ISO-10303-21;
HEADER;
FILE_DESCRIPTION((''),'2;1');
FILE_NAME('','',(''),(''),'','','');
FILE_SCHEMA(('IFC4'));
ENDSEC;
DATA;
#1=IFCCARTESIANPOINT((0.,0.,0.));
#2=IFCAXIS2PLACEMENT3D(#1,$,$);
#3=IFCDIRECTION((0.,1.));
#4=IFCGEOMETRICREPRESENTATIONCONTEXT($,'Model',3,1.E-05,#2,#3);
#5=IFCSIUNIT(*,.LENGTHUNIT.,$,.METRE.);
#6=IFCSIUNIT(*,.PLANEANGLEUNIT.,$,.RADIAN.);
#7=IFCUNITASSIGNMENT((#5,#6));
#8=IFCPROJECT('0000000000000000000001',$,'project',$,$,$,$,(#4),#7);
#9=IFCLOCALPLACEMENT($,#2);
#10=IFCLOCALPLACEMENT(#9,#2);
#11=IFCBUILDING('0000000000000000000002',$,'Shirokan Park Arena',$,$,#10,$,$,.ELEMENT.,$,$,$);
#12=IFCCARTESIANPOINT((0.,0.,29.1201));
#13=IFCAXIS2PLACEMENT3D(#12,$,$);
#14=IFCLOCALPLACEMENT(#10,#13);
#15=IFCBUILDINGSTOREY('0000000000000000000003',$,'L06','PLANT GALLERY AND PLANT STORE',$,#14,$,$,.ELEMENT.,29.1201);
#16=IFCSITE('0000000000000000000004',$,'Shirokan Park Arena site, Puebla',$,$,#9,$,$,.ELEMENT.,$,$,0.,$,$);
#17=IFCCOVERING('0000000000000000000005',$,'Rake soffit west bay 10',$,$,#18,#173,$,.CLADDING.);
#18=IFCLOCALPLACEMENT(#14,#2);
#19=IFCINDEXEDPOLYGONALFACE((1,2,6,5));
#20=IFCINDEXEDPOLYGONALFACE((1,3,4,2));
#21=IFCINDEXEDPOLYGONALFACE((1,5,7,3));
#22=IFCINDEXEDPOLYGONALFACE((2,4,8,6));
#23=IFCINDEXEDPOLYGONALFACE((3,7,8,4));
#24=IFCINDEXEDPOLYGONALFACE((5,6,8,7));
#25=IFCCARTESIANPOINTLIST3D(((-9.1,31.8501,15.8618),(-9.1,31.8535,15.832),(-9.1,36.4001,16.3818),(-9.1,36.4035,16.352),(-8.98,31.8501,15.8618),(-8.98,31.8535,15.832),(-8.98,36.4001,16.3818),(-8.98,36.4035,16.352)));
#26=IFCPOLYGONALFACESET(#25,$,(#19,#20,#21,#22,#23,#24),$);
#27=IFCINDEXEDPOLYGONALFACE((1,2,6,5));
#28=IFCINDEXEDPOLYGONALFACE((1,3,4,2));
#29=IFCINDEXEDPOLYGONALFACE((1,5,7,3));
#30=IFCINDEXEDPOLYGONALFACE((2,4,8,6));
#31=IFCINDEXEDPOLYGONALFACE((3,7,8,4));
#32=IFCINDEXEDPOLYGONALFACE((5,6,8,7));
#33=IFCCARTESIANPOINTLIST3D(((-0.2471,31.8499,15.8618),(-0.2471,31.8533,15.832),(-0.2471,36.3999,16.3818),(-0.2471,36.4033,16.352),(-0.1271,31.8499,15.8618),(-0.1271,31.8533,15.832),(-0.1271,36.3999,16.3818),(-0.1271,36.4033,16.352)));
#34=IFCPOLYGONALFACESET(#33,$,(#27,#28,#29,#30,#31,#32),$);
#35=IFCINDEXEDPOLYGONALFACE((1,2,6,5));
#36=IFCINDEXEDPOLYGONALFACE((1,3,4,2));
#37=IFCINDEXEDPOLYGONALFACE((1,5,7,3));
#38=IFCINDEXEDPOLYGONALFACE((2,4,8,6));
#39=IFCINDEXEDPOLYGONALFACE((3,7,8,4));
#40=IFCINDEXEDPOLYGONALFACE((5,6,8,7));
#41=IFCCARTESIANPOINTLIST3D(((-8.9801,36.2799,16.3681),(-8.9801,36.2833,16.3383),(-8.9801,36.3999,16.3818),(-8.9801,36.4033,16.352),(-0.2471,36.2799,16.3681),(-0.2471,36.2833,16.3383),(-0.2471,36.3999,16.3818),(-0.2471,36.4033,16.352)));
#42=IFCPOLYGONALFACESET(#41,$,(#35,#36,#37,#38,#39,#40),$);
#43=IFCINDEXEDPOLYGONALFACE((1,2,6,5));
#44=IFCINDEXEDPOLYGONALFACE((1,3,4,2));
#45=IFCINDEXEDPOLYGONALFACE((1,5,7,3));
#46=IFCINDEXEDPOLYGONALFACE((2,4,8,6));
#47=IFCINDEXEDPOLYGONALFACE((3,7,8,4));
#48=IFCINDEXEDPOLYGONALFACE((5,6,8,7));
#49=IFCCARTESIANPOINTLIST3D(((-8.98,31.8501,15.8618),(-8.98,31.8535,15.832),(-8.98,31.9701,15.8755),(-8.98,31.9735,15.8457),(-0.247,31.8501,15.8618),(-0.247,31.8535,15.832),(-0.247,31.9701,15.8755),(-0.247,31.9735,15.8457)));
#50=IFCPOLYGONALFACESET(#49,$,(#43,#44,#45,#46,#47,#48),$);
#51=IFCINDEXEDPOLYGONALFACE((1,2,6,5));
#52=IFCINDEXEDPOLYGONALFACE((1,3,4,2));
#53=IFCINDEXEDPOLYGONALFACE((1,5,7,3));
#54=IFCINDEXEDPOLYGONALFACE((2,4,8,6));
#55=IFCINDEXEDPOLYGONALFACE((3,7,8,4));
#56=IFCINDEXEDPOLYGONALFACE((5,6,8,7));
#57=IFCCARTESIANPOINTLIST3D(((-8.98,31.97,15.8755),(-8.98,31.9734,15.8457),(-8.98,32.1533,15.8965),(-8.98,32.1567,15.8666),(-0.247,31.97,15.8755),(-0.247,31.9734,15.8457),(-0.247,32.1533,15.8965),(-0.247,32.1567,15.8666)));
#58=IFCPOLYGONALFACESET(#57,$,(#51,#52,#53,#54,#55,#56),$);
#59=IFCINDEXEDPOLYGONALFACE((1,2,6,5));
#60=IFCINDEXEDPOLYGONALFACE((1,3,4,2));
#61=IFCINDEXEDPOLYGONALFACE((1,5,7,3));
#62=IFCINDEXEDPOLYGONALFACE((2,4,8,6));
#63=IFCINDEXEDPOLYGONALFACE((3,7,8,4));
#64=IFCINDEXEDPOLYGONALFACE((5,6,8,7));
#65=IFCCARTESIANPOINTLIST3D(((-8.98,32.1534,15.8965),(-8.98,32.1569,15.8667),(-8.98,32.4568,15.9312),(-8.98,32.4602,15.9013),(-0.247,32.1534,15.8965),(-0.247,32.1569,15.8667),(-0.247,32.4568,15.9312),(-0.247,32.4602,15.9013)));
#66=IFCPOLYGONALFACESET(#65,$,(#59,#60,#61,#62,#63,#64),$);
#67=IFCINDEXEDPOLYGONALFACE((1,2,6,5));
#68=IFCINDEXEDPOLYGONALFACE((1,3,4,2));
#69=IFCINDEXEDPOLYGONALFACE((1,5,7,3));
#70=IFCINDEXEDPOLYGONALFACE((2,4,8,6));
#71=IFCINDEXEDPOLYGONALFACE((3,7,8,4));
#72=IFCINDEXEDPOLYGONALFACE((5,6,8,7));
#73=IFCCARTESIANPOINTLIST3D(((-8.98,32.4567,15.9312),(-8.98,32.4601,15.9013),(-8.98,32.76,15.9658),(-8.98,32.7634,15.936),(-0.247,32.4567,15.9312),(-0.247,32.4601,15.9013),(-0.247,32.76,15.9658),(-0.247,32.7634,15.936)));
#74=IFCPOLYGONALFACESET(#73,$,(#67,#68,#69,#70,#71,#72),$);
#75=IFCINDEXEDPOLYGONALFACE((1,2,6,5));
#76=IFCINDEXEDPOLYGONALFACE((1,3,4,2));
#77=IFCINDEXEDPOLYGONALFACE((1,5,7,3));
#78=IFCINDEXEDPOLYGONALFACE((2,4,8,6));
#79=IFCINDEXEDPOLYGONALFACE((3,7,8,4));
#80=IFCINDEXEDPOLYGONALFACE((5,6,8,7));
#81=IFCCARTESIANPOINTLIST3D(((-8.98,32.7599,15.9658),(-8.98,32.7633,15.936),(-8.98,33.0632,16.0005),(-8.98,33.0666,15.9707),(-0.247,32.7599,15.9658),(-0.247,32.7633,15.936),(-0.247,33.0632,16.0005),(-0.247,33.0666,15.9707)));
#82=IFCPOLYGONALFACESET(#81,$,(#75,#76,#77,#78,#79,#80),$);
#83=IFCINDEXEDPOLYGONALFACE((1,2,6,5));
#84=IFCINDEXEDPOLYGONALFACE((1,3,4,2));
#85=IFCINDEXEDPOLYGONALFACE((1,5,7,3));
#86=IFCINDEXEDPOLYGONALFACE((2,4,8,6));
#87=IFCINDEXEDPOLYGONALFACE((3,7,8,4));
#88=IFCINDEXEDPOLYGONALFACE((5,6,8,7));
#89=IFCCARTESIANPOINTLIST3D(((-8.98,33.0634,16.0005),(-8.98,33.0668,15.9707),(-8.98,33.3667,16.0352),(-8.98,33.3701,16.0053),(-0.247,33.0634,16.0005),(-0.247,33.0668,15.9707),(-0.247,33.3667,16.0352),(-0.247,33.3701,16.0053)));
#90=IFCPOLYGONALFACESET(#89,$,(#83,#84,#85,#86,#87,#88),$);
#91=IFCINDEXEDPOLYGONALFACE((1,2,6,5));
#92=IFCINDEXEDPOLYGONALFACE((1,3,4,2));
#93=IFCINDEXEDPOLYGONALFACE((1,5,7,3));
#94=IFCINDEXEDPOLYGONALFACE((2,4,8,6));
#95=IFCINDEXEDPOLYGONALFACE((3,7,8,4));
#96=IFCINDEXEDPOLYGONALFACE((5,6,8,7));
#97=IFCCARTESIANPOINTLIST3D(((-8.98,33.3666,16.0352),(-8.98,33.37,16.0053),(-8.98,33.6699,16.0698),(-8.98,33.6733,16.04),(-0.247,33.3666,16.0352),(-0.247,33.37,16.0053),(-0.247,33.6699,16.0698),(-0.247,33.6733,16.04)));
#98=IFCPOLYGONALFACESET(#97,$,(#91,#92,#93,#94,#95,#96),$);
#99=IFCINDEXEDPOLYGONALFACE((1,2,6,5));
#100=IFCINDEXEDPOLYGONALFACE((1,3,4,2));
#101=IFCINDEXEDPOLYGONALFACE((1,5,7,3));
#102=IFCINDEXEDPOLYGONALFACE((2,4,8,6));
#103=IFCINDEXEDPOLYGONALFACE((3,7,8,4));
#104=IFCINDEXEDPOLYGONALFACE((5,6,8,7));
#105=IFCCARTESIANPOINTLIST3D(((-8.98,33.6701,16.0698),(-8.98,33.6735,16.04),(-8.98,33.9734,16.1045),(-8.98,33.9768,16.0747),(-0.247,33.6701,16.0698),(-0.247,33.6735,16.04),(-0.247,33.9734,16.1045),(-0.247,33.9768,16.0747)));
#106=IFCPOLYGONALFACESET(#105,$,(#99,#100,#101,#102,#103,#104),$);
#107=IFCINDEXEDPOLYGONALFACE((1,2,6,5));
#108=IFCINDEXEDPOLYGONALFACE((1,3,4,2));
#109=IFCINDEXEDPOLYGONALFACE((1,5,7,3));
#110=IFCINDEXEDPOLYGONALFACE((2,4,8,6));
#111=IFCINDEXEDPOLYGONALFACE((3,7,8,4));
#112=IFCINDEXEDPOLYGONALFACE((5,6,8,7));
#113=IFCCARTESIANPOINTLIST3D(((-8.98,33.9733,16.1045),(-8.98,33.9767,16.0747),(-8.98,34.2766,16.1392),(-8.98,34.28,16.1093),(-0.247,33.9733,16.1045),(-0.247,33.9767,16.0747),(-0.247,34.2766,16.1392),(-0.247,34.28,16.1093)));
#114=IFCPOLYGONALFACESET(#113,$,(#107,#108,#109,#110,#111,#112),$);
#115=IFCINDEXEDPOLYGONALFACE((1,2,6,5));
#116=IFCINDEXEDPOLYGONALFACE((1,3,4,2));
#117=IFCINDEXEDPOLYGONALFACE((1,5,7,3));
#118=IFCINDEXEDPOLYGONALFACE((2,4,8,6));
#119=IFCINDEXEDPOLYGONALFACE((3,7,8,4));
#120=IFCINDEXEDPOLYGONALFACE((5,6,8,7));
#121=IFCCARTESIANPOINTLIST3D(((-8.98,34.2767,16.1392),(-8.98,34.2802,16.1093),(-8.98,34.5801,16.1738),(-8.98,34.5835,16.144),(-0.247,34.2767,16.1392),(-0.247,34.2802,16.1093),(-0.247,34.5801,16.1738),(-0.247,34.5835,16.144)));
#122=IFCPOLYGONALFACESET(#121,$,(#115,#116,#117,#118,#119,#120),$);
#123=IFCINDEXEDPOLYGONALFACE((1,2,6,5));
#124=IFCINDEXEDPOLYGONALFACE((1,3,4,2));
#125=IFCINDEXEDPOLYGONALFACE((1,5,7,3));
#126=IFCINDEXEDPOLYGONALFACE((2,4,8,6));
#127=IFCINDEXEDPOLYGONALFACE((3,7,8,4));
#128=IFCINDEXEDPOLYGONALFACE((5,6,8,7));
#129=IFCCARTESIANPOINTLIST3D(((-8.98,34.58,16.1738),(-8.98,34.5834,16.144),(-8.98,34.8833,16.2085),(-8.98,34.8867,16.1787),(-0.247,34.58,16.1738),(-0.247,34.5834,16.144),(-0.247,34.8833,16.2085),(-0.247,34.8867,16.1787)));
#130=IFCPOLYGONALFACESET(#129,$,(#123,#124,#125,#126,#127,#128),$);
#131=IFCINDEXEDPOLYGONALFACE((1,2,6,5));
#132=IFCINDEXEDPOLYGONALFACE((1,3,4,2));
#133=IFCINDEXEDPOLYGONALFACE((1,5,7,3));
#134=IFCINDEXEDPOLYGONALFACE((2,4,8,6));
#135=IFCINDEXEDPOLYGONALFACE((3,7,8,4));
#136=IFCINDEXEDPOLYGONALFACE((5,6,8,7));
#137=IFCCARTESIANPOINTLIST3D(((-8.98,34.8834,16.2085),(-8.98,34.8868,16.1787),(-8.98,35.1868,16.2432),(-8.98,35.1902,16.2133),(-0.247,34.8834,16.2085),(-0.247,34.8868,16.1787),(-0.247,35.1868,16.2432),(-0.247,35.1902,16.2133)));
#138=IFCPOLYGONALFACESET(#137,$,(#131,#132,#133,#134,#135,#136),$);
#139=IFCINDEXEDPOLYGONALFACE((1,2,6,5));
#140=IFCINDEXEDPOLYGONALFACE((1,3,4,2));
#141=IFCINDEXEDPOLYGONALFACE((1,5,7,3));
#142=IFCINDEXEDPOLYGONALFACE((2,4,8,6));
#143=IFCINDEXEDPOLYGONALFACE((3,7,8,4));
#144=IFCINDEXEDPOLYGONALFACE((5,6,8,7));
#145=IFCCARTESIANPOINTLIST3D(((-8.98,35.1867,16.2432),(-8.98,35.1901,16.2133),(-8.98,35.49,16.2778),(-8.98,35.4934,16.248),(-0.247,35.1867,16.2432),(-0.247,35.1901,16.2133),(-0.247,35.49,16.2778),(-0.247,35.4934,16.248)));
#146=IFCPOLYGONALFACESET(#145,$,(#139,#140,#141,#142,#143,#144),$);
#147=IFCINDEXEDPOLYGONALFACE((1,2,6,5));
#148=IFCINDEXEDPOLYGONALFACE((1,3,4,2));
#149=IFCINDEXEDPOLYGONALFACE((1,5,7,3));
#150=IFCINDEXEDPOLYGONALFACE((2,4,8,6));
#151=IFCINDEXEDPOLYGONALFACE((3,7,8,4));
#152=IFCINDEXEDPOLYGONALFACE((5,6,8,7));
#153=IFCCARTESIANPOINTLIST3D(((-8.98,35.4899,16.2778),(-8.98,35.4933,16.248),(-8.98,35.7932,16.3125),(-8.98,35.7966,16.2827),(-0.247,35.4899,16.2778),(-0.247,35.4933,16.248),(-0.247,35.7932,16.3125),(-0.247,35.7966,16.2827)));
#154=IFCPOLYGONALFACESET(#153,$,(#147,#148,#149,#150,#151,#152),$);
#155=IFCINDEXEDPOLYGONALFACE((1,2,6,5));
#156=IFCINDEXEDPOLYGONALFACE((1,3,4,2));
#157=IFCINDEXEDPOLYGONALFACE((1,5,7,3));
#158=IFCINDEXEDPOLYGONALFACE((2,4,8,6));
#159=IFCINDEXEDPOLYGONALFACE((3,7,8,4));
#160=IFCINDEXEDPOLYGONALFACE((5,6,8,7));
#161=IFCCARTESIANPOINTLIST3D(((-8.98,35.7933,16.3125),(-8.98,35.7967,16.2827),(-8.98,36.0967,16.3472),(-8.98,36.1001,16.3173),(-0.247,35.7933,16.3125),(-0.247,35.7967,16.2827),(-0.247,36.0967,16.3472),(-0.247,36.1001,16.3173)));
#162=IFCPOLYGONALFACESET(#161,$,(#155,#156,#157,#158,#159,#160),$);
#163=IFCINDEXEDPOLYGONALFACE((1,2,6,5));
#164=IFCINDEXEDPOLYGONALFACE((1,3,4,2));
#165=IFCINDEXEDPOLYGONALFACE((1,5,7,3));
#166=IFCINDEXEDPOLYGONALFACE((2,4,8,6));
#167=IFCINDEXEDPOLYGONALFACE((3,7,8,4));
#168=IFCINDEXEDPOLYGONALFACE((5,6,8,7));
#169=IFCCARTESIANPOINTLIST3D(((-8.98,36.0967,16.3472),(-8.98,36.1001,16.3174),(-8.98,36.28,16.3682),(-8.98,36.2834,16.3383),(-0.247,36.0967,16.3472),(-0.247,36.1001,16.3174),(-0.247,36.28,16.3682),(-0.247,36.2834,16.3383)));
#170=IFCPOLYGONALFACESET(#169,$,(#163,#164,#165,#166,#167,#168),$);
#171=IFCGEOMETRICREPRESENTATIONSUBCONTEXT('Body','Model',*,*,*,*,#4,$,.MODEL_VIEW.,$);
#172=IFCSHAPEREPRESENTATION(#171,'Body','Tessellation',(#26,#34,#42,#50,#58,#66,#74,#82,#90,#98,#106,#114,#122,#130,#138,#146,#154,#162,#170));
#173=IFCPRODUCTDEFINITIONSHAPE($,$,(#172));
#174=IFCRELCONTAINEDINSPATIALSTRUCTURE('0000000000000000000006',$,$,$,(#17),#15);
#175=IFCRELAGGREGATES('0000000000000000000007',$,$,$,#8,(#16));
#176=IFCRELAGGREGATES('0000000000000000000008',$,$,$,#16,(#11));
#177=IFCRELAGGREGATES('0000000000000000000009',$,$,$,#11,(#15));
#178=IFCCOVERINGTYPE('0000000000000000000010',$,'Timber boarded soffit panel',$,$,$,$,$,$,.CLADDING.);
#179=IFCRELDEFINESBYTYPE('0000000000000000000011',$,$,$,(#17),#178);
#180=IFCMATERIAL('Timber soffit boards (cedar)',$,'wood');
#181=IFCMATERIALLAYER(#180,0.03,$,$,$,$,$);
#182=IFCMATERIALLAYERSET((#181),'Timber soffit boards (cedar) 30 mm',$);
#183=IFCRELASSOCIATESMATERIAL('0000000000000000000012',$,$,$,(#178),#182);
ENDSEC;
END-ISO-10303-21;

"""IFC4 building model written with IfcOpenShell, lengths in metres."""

from ifc_helpers import new_model, si_unit, direction, frame, origin, place, context, subcontext, project, spatial, polyline, outline, extrude, material, layer, layer_set, type_object, element, save


model = new_model("IFC4")

# Units and contexts
model_context = context("Model", 3, precision=1e-05, world=origin(), true_north=direction((0.0, 1.0)))
body_context = subcontext(model_context, "Body", "Model", "MODEL_VIEW")
ifc_project = project(units=[si_unit("LENGTHUNIT", "METRE"), si_unit("PLANEANGLEUNIT", "RADIAN")], contexts=[model_context])

# Site, building, storey
site_placement = place(None, origin())
site = spatial("IfcSite", under=ifc_project, at=site_placement, Name="Shirokan Park Arena site, Puebla", CompositionType="ELEMENT", RefElevation=0.0)
building_placement = place(site_placement, origin())
building = spatial("IfcBuilding", under=site, at=building_placement, Name="Shirokan Park Arena", CompositionType="ELEMENT")
storey_placement = place(building_placement, frame((0.0, 0.0, 29.1201)))
storey = spatial("IfcBuildingStorey", under=building, at=storey_placement, Name="L06", Description="PLANT GALLERY AND PLANT STORE", CompositionType="ELEMENT", Elevation=29.1201)

# Covering
ifc_material = material(Name="Timber soffit boards (cedar)", Category="wood")
ifc_layer = layer(ifc_material, 0.03)
ifc_layer_set = layer_set([ifc_layer], Name="Timber soffit boards (cedar) 30 mm")
covering_type = type_object("IfcCoveringType", Name="Timber boarded soffit panel", PredefinedType="CLADDING", material=ifc_layer_set)
covering_1_placement = place(storey_placement, origin())
element("IfcCovering", 1, at=covering_1_placement, inside=storey, type_object=covering_type, Name="Rake soffit west bay 10", PredefinedType="CLADDING", context=body_context, shape_type="SweptSolid", body=[
    extrude(outline(polyline([(0.0, 0.0), (0.12, 0.0), (0.12, -4.5796), (0.0, -4.5796), (0.0, 0.0)])), frame((-8.98, 31.8501, 15.8618), z_axis=(0.0, -0.113547, 0.993533), x_axis=(-1.0, 0.0, 0.0)), (0.0, 0.0, -1.0), 0.03),
    extrude(outline(polyline([(0.0, 0.0), (0.12, 0.0), (0.12, -4.5796), (0.0, -4.5796), (0.0, 0.0)])), frame((-0.2471, 36.3999, 16.3818), z_axis=(0.0, -0.113547, 0.993533), x_axis=(1.0, 0.0, 0.0)), (0.0, 0.0, -1.0), 0.03),
    extrude(outline(polyline([(0.0, 0.0), (0.1208, 0.0), (0.1208, -8.733), (0.0, -8.733), (0.0, 0.0)])), frame((-0.2471, 36.3999, 16.3818), z_axis=(0.0, -0.113512, 0.993537), x_axis=(0.0, -0.993537, -0.113512)), (0.0, 0.0, -1.0), 0.03),
    extrude(outline(polyline([(0.0, 0.0), (0.1208, 0.0), (0.1208, -8.733), (0.0, -8.733), (0.0, 0.0)])), frame((-8.98, 31.8501, 15.8618), z_axis=(0.0, -0.113512, 0.993537), x_axis=(0.0, 0.993537, 0.113512)), (0.0, 0.0, -1.0), 0.03),
    extrude(outline(polyline([(0.0, 0.0), (8.733, 0.0), (8.733, -0.1845), (0.0, -0.1845), (0.0, 0.0)])), frame((-8.98, 32.1533, 15.8965), z_axis=(0.0, -0.113589, 0.993528), x_axis=(1.0, 0.0, 0.0)), (0.0, 0.0, -1.0), 0.03),
    extrude(outline(polyline([(0.0, 0.0), (8.733, 0.0), (8.733, -0.3053), (0.0, -0.3053), (0.0, 0.0)])), frame((-8.98, 32.4568, 15.9312), z_axis=(0.0, -0.113523, 0.993535), x_axis=(1.0, 0.0, 0.0)), (0.0, 0.0, -1.0), 0.03),
    extrude(outline(polyline([(0.0, 0.0), (8.733, 0.0), (8.733, -0.3053), (0.0, -0.3053), (0.0, 0.0)])), frame((-8.98, 32.76, 15.9658), z_axis=(0.0, -0.113559, 0.993531), x_axis=(1.0, 0.0, 0.0)), (0.0, 0.0, -1.0), 0.03),
    extrude(outline(polyline([(0.0, 0.0), (8.733, 0.0), (8.733, -0.3053), (0.0, -0.3053), (0.0, 0.0)])), frame((-8.98, 33.0632, 16.0005), z_axis=(0.0, -0.113559, 0.993531), x_axis=(1.0, 0.0, 0.0)), (0.0, 0.0, -1.0), 0.03),
    extrude(outline(polyline([(0.0, 0.0), (8.733, 0.0), (8.733, -0.3053), (0.0, -0.3053), (0.0, 0.0)])), frame((-8.98, 33.3667, 16.0352), z_axis=(0.0, -0.113523, 0.993535), x_axis=(1.0, 0.0, 0.0)), (0.0, 0.0, -1.0), 0.03),
    extrude(outline(polyline([(0.0, 0.0), (8.733, 0.0), (8.733, -0.3053), (0.0, -0.3053), (0.0, 0.0)])), frame((-8.98, 33.6699, 16.0698), z_axis=(0.0, -0.113559, 0.993531), x_axis=(1.0, 0.0, 0.0)), (0.0, 0.0, -1.0), 0.03),
    extrude(outline(polyline([(0.0, 0.0), (8.733, 0.0), (8.733, -0.3053), (0.0, -0.3053), (0.0, 0.0)])), frame((-8.98, 33.9734, 16.1045), z_axis=(0.0, -0.113559, 0.993531), x_axis=(1.0, 0.0, 0.0)), (0.0, 0.0, -1.0), 0.03),
    extrude(outline(polyline([(0.0, 0.0), (8.733, 0.0), (8.733, -0.3053), (0.0, -0.3053), (0.0, 0.0)])), frame((-8.98, 34.2766, 16.1392), z_axis=(0.0, -0.113523, 0.993535), x_axis=(1.0, 0.0, 0.0)), (0.0, 0.0, -1.0), 0.03),
    extrude(outline(polyline([(0.0, 0.0), (8.733, 0.0), (8.733, -0.3053), (0.0, -0.3053), (0.0, 0.0)])), frame((-8.98, 34.5801, 16.1738), z_axis=(0.0, -0.113559, 0.993531), x_axis=(1.0, 0.0, 0.0)), (0.0, 0.0, -1.0), 0.03),
    extrude(outline(polyline([(0.0, 0.0), (8.733, 0.0), (8.733, -0.3053), (0.0, -0.3053), (0.0, 0.0)])), frame((-8.98, 34.8833, 16.2085), z_axis=(0.0, -0.113559, 0.993531), x_axis=(1.0, 0.0, 0.0)), (0.0, 0.0, -1.0), 0.03),
    extrude(outline(polyline([(0.0, 0.0), (8.733, 0.0), (8.733, -0.3053), (0.0, -0.3053), (0.0, 0.0)])), frame((-8.98, 35.1868, 16.2432), z_axis=(0.0, -0.113523, 0.993535), x_axis=(1.0, 0.0, 0.0)), (0.0, 0.0, -1.0), 0.03),
    extrude(outline(polyline([(0.0, 0.0), (8.733, 0.0), (8.733, -0.3053), (0.0, -0.3053), (0.0, 0.0)])), frame((-8.98, 35.49, 16.2778), z_axis=(0.0, -0.113559, 0.993531), x_axis=(1.0, 0.0, 0.0)), (0.0, 0.0, -1.0), 0.03),
    extrude(outline(polyline([(0.0, 0.0), (8.733, 0.0), (8.733, -0.3053), (0.0, -0.3053), (0.0, 0.0)])), frame((-8.98, 35.7932, 16.3125), z_axis=(0.0, -0.113559, 0.993531), x_axis=(1.0, 0.0, 0.0)), (0.0, 0.0, -1.0), 0.03),
    extrude(outline(polyline([(0.0, 0.0), (8.733, 0.0), (8.733, -0.3053), (0.0, -0.3053), (0.0, 0.0)])), frame((-8.98, 36.0967, 16.3472), z_axis=(0.0, -0.113523, 0.993535), x_axis=(1.0, 0.0, 0.0)), (0.0, 0.0, -1.0), 0.03),
    extrude(outline(polyline([(0.0, 0.0), (8.733, 0.0), (8.733, -0.1845), (0.0, -0.1845), (0.0, 0.0)])), frame((-8.98, 36.28, 16.3682), z_axis=(0.0, -0.113589, 0.993528), x_axis=(1.0, 0.0, 0.0)), (0.0, 0.0, -1.0), 0.03),
])

save(model, "model.ifc")
